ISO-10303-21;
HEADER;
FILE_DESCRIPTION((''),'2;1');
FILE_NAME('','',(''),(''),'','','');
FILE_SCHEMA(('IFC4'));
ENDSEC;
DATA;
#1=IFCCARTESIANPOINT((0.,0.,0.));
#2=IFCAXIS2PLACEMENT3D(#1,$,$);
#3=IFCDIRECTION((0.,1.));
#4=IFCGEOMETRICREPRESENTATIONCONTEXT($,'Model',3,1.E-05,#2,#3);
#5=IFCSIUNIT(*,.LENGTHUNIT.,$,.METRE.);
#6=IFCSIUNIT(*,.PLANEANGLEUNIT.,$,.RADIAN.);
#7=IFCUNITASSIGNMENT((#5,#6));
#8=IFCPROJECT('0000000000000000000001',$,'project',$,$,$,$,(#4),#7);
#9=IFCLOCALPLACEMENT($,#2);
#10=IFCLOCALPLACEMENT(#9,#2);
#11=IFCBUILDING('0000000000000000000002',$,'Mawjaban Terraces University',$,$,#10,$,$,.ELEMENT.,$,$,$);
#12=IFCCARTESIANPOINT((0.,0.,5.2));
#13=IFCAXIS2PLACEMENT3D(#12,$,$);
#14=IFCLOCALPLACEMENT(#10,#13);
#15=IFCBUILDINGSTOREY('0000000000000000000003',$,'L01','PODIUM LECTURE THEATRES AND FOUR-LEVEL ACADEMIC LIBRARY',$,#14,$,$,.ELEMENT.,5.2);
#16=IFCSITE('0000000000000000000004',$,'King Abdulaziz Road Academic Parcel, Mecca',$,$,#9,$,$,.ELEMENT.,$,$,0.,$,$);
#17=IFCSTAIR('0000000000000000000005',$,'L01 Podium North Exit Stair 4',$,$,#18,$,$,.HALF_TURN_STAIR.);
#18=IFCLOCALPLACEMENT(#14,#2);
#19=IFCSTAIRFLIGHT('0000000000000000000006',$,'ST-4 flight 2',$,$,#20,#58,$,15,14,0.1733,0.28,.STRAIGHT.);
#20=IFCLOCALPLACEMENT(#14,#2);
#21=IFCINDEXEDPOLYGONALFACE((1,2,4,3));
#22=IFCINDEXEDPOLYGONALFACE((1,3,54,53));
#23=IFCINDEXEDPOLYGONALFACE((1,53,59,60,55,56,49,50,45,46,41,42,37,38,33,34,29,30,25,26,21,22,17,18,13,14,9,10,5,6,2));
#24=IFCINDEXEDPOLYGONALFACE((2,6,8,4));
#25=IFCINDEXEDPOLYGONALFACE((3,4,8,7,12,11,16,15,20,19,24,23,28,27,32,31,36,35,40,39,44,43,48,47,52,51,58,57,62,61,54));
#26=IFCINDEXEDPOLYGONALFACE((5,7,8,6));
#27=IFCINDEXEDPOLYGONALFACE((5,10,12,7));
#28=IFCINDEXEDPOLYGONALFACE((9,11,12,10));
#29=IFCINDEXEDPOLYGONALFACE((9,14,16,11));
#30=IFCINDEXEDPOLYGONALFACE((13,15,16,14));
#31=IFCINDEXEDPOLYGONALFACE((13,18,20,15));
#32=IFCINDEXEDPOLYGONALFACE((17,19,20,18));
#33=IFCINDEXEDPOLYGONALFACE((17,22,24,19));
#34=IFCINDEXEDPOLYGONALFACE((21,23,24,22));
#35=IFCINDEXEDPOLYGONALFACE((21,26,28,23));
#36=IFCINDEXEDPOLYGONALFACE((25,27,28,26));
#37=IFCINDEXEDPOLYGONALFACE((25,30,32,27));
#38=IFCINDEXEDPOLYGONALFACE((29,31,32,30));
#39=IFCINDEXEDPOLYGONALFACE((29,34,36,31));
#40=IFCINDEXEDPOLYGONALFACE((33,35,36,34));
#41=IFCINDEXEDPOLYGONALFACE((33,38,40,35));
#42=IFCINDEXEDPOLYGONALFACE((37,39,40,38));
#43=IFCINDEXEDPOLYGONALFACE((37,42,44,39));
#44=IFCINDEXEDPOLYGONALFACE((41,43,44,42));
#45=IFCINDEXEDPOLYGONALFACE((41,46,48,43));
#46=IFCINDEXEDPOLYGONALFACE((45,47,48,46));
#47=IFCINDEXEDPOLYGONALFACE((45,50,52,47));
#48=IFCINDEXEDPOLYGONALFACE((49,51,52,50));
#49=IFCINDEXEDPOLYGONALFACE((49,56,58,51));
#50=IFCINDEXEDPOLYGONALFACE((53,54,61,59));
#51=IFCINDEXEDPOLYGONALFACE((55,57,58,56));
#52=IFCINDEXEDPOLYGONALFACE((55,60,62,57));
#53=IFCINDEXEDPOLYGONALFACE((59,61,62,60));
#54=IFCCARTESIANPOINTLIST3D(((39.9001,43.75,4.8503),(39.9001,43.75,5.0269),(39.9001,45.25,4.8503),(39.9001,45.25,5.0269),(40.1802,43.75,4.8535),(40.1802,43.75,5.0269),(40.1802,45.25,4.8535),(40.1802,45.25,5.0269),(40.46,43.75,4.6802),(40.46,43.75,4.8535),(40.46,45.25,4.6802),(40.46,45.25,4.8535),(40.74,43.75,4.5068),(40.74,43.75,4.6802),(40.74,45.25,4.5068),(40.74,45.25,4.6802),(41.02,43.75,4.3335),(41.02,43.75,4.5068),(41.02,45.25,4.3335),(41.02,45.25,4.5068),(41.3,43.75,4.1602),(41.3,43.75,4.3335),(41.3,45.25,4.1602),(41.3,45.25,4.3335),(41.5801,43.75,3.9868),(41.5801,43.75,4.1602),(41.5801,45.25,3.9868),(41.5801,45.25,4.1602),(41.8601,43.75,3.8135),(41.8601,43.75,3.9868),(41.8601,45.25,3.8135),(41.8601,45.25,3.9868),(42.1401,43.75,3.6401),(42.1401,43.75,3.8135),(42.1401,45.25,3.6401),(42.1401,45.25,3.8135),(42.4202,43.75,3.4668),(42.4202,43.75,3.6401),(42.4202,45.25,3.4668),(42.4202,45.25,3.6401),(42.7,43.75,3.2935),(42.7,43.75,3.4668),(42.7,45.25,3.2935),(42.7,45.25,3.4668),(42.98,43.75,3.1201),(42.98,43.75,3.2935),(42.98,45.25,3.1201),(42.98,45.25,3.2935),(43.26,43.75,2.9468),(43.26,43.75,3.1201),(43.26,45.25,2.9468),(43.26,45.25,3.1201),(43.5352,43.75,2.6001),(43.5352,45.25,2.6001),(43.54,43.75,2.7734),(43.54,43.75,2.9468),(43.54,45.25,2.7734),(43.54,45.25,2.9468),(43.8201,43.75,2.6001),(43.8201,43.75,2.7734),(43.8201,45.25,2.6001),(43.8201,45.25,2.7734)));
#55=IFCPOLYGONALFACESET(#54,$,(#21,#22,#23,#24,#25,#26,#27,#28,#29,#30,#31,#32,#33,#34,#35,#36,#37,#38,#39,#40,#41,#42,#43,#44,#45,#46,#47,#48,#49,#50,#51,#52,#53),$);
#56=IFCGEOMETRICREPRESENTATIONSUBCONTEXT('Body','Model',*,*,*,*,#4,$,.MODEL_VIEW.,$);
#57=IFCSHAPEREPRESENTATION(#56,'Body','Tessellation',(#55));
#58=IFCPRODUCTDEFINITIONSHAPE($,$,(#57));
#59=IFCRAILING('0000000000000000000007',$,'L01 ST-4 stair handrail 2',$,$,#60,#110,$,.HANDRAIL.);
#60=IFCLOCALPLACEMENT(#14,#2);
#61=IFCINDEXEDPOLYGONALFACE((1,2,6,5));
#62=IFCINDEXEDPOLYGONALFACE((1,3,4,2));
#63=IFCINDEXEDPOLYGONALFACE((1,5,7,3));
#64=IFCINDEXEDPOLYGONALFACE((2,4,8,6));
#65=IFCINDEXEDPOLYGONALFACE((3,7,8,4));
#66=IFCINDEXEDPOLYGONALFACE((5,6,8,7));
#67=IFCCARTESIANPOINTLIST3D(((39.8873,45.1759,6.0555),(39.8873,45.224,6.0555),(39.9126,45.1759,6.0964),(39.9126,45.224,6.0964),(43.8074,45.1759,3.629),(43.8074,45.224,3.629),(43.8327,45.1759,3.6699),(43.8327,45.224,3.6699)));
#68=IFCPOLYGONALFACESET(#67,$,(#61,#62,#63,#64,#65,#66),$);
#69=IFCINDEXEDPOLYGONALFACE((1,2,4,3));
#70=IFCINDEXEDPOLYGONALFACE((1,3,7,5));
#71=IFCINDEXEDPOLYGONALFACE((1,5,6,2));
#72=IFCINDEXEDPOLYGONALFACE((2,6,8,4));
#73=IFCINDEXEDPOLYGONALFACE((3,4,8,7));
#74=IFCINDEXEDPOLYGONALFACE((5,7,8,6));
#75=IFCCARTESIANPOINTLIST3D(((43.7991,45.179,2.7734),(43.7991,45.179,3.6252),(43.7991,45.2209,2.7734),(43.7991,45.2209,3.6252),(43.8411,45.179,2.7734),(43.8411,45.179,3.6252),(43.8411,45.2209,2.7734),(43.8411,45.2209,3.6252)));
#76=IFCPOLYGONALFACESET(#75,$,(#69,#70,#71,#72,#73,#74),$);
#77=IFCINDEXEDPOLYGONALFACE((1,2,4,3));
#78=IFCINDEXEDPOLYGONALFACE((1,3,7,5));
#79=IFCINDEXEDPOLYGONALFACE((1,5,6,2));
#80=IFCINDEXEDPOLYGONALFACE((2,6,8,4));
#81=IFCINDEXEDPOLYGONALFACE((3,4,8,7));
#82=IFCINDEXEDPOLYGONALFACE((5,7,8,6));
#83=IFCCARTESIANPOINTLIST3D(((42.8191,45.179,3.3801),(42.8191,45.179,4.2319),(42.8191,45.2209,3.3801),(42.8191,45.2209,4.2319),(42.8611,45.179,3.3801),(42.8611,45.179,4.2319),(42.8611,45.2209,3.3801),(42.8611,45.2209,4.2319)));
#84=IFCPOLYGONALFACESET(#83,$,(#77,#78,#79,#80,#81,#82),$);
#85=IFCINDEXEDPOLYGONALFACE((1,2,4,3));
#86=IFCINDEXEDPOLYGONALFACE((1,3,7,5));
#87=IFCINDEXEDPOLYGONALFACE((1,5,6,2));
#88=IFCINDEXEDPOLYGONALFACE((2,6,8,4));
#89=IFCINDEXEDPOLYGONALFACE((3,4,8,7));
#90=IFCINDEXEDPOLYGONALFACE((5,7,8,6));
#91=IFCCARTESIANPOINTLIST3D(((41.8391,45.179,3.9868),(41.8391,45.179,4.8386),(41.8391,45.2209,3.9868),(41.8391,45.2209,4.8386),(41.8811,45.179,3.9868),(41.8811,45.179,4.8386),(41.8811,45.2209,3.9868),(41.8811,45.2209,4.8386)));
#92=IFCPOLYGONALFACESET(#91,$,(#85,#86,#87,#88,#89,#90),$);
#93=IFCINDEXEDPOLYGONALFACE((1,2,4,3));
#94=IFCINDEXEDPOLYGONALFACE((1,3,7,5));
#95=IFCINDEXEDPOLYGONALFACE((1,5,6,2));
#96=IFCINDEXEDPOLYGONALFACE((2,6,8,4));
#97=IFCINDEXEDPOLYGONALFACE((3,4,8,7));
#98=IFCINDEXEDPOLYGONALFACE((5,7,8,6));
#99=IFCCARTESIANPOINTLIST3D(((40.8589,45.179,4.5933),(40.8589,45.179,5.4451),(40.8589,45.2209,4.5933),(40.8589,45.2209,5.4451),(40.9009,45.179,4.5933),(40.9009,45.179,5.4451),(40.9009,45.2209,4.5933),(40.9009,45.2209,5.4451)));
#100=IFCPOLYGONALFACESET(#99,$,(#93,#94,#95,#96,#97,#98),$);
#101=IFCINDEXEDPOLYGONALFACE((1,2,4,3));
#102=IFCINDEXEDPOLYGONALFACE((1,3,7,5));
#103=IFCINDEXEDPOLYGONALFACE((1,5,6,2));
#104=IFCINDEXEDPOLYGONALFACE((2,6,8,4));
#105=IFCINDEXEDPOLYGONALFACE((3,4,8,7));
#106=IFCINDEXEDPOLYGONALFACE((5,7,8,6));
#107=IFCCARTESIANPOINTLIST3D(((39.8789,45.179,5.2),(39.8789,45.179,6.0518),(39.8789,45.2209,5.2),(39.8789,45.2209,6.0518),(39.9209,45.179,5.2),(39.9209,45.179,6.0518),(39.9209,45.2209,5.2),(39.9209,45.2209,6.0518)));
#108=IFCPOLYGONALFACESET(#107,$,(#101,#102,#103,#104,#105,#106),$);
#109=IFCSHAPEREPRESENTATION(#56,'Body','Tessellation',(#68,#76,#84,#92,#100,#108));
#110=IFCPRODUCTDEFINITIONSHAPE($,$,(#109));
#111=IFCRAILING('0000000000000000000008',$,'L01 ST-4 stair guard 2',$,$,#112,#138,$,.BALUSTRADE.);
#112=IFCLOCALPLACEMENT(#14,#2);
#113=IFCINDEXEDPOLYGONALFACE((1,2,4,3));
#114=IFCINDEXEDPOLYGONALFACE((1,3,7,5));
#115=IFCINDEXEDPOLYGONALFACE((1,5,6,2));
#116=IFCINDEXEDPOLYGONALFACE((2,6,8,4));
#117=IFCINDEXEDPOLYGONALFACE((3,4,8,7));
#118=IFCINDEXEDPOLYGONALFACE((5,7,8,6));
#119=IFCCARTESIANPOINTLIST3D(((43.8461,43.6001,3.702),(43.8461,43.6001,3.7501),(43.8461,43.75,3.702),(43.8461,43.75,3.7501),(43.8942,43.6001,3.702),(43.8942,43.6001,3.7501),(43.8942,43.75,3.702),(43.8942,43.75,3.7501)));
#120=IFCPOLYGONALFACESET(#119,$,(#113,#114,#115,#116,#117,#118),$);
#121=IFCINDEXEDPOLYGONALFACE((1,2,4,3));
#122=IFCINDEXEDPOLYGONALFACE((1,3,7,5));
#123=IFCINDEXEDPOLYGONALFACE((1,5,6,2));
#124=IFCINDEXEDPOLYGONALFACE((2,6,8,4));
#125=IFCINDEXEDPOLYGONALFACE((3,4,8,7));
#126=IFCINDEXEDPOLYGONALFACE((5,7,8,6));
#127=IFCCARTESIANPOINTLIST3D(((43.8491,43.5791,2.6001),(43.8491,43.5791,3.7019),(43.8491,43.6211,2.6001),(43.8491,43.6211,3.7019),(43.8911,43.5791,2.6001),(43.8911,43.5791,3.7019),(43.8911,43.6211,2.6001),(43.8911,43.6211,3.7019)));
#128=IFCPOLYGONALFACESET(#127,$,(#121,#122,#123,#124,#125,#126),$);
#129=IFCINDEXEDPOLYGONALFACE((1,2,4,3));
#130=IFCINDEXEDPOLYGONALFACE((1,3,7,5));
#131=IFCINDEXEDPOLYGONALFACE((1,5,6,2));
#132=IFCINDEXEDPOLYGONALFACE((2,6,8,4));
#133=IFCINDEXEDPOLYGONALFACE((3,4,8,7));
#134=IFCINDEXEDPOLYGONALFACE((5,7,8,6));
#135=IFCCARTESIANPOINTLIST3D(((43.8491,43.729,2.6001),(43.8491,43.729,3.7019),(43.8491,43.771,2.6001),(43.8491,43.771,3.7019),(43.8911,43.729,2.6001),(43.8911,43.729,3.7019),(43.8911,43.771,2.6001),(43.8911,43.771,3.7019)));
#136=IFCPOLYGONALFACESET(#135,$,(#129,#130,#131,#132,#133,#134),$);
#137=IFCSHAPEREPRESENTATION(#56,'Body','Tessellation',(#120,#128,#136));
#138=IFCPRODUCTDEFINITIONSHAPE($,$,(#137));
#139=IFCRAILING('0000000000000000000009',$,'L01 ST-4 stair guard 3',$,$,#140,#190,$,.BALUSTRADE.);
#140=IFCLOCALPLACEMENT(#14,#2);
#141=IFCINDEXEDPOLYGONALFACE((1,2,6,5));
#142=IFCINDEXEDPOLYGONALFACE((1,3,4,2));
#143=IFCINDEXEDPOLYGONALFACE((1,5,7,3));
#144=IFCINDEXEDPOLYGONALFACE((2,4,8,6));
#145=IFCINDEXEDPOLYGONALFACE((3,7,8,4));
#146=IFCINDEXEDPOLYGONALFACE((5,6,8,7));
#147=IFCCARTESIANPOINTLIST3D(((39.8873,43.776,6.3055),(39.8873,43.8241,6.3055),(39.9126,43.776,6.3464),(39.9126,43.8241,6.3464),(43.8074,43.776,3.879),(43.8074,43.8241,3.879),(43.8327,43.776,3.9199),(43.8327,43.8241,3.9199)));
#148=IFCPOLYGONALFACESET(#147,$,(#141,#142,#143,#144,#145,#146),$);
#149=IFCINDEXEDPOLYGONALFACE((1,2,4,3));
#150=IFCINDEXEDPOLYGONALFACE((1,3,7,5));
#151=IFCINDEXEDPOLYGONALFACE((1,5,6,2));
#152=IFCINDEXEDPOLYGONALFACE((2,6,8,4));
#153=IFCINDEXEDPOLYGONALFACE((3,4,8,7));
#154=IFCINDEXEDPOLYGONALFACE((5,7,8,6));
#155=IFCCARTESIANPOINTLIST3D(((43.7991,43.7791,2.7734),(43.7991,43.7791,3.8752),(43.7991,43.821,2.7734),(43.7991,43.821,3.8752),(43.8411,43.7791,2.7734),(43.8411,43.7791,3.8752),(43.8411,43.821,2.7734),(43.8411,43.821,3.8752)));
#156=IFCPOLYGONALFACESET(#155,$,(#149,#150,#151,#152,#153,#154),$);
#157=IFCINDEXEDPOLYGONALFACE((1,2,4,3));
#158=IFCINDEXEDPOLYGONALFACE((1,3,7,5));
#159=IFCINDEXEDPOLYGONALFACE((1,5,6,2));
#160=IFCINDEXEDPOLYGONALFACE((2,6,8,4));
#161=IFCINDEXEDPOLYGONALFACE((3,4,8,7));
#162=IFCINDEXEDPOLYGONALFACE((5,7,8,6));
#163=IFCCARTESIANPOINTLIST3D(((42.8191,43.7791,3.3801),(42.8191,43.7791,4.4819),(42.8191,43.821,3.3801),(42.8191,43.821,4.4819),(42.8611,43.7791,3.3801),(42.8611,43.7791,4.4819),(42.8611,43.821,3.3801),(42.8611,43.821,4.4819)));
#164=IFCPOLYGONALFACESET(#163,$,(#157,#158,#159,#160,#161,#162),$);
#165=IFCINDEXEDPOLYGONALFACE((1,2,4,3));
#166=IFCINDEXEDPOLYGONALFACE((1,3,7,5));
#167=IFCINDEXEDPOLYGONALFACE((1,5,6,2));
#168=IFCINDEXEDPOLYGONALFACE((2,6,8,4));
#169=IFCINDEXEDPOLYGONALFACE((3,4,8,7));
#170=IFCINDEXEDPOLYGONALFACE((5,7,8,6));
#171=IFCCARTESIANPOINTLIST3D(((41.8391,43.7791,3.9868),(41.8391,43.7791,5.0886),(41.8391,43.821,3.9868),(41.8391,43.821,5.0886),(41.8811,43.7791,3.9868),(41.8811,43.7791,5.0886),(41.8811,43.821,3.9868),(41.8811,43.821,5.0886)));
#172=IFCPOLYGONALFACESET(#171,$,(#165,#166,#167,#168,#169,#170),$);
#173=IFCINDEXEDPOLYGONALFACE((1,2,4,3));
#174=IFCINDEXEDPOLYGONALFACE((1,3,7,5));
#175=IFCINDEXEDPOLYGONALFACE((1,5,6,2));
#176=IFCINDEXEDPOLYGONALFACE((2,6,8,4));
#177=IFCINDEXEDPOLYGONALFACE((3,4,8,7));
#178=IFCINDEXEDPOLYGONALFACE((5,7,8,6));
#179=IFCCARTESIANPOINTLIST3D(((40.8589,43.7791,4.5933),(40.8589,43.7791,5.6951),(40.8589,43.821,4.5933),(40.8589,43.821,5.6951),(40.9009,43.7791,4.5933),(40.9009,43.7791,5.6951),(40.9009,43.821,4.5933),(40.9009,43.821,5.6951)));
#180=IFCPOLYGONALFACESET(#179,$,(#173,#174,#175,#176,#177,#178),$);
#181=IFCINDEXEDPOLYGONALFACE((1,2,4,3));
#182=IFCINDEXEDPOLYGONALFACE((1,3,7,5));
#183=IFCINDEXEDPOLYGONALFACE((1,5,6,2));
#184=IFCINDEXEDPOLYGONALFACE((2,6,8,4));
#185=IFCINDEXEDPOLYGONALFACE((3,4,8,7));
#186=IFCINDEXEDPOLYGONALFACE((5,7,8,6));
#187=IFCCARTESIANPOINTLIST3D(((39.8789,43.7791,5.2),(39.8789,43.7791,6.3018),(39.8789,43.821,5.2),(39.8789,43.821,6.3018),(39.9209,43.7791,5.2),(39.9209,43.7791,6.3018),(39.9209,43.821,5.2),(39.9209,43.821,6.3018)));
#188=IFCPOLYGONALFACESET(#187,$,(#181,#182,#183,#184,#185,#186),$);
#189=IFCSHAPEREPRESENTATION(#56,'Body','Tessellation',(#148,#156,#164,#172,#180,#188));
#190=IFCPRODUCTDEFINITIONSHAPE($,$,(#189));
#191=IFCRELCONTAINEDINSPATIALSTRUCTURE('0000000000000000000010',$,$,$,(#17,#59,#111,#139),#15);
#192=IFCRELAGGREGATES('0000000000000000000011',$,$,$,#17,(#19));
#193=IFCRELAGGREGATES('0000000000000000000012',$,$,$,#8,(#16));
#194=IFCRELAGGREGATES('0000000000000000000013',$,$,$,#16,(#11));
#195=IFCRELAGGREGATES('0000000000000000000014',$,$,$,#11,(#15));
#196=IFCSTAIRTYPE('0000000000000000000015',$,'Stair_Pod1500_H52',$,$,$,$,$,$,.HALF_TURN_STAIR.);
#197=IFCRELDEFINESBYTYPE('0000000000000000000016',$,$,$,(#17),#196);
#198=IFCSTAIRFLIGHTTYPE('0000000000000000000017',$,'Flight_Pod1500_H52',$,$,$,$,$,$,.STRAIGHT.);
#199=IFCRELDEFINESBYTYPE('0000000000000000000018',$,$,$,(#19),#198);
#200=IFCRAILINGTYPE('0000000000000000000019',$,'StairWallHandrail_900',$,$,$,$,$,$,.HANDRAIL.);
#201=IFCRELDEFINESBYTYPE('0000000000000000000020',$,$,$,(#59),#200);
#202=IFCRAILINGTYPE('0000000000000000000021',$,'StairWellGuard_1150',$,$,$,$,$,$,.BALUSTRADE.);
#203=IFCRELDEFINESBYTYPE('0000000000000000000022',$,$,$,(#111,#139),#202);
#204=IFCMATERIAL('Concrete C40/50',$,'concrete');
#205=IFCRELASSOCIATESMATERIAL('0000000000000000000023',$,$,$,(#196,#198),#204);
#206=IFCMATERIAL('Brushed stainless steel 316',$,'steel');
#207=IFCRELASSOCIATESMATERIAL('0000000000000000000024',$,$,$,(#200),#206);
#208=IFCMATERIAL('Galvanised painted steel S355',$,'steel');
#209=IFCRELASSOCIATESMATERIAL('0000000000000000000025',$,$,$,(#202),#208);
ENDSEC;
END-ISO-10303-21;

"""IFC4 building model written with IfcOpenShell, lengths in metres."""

from ifc_helpers import new_model, si_unit, direction, frame, origin, origin_2d, place, context, subcontext, project, spatial, polyline, rectangle, outline, extrude, material, type_object, element, aggregate, save


model = new_model("IFC4")

# Units and contexts
model_context = context("Model", 3, precision=1e-05, world=origin(), true_north=direction((0.0, 1.0)))
body_context = subcontext(model_context, "Body", "Model", "MODEL_VIEW")
ifc_project = project(units=[si_unit("LENGTHUNIT", "METRE"), si_unit("PLANEANGLEUNIT", "RADIAN")], contexts=[model_context])

# Site, building, storey
site_placement = place(None, origin())
site = spatial("IfcSite", under=ifc_project, at=site_placement, Name="King Abdulaziz Road Academic Parcel, Mecca", CompositionType="ELEMENT", RefElevation=0.0)
building_placement = place(site_placement, origin())
building = spatial("IfcBuilding", under=site, at=building_placement, Name="Mawjaban Terraces University", CompositionType="ELEMENT")
storey_placement = place(building_placement, frame((0.0, 0.0, 5.2)))
storey = spatial("IfcBuildingStorey", under=building, at=storey_placement, Name="L01", Description="PODIUM LECTURE THEATRES AND FOUR-LEVEL ACADEMIC LIBRARY", CompositionType="ELEMENT", Elevation=5.2)

# Stair, stair flight
ifc_material_1 = material(Name="Concrete C40/50", Category="concrete")
stair_type = type_object("IfcStairType", Name="Stair_Pod1500_H52", PredefinedType="HALF_TURN_STAIR", material=ifc_material_1)
stair_placement = place(storey_placement, origin())
stair = element("IfcStair", 1, at=stair_placement, inside=storey, type_object=stair_type, Name="L01 Podium North Exit Stair 4", PredefinedType="HALF_TURN_STAIR")
stair_flight_type = type_object("IfcStairFlightType", Name="Flight_Pod1500_H52", PredefinedType="STRAIGHT", material=ifc_material_1)
stair_flight_placement = place(storey_placement, frame((43.8201, 44.5, 2.6001), z_axis=(0.0, 0.0, 1.0), x_axis=(-1.0, 0.0, 0.0)))
stair_flight = element("IfcStairFlight", 2, at=stair_flight_placement, type_object=stair_flight_type, Name="ST-4 flight 2", NumberOfRisers=15, NumberOfTreads=14, PredefinedType="STRAIGHT", RiserHeight=0.1733, TreadLength=0.28, context=body_context, shape_type="SweptSolid", body=[
    extrude(outline(polyline([(0.0, 0.0), (0.0, 0.1733), (0.28, 0.1733), (0.28, 0.3467), (0.5601, 0.3467), (0.5601, 0.52), (0.8401, 0.52), (0.8401, 0.6934), (1.1201, 0.6934), (1.1201, 0.8667), (1.3999, 0.8667), (1.3999, 1.04), (1.6799, 1.04), (1.6799, 1.2134), (1.96, 1.2134), (1.96, 1.3867), (2.24, 1.3867), (2.24, 1.5601), (2.52, 1.5601), (2.52, 1.7334), (2.8, 1.7334), (2.8, 1.9067), (3.0801, 1.9067), (3.0801, 2.0801), (3.3601, 2.0801), (3.3601, 2.2534), (3.6399, 2.2534), (3.6399, 2.4268), (3.9199, 2.4268), (3.9199, 2.6001), (3.9199, 2.2502), (0.2849, 0.0), (0.0, 0.0)])), frame((0.0, 0.75, 0.0), z_axis=(0.0, -1.0, 0.0), x_axis=(1.0, 0.0, 0.0)), (0.0, 0.0, 1.0), 1.5),
])
aggregate(stair, [stair_flight])

# Railings
ifc_material_2 = material(Name="Brushed stainless steel 316", Category="steel")
railing_type_1 = type_object("IfcRailingType", Name="StairWallHandrail_900", PredefinedType="HANDRAIL", material=ifc_material_2)
railing_1_placement = place(storey_placement, frame((43.8201, 45.2, 2.7734)))
element("IfcRailing", 3, at=railing_1_placement, inside=storey, type_object=railing_type_1, Name="L01 ST-4 stair handrail 2", PredefinedType="HANDRAIL", context=body_context, shape_type="SweptSolid", body=[
    extrude(rectangle(XDim=0.0481, YDim=0.0481, at=origin_2d()), frame((0.0, 0.0, 0.876), z_axis=(-0.85029, 0.0, 0.526315), x_axis=(0.0, -1.0, 0.0)), (0.0, 0.0, 1.0), 4.6104),
    extrude(rectangle(XDim=0.042, YDim=0.042, at=origin_2d()), origin(), (0.0, 0.0, 1.0), 0.8518),
    extrude(rectangle(XDim=0.042, YDim=0.042, at=origin_2d()), frame((-0.98, 0.0, 0.6067)), (0.0, 0.0, 1.0), 0.8518),
    extrude(rectangle(XDim=0.042, YDim=0.042, at=origin_2d()), frame((-1.96, 0.0, 1.2134)), (0.0, 0.0, 1.0), 0.8518),
    extrude(rectangle(XDim=0.042, YDim=0.042, at=origin_2d()), frame((-2.9402, 0.0, 1.8198)), (0.0, 0.0, 1.0), 0.8518),
    extrude(rectangle(XDim=0.042, YDim=0.042, at=origin_2d()), frame((-3.9202, 0.0, 2.4265)), (0.0, 0.0, 1.0), 0.8518),
])
ifc_material_3 = material(Name="Galvanised painted steel S355", Category="steel")
railing_type_2 = type_object("IfcRailingType", Name="StairWellGuard_1150", PredefinedType="BALUSTRADE", material=ifc_material_3)
railing_2_placement = place(storey_placement, frame((43.8701, 43.6001, 2.6001)))
element("IfcRailing", 4, at=railing_2_placement, inside=storey, type_object=railing_type_2, Name="L01 ST-4 stair guard 2", PredefinedType="BALUSTRADE", context=body_context, shape_type="SweptSolid", body=[
    extrude(rectangle(XDim=0.0481, YDim=0.0481, at=origin_2d()), frame((0.0, 0.0, 1.126), z_axis=(0.0, 1.0, 0.0), x_axis=(-1.0, 0.0, 0.0)), (0.0, 0.0, 1.0), 0.1499),
    extrude(rectangle(XDim=0.042, YDim=0.042, at=origin_2d()), origin(), (0.0, 0.0, 1.0), 1.1018),
    extrude(rectangle(XDim=0.042, YDim=0.042, at=origin_2d()), frame((0.0, 0.1499, 0.0)), (0.0, 0.0, 1.0), 1.1018),
])
railing_3_placement = place(storey_placement, frame((43.8201, 43.8, 2.7734)))
element("IfcRailing", 5, at=railing_3_placement, inside=storey, type_object=railing_type_2, Name="L01 ST-4 stair guard 3", PredefinedType="BALUSTRADE", context=body_context, shape_type="SweptSolid", body=[
    extrude(rectangle(XDim=0.0481, YDim=0.0481, at=origin_2d()), frame((0.0, 0.0, 1.126), z_axis=(-0.85029, 0.0, 0.526315), x_axis=(0.0, -1.0, 0.0)), (0.0, 0.0, 1.0), 4.6104),
    extrude(rectangle(XDim=0.042, YDim=0.042, at=origin_2d()), origin(), (0.0, 0.0, 1.0), 1.1018),
    extrude(rectangle(XDim=0.042, YDim=0.042, at=origin_2d()), frame((-0.98, 0.0, 0.6067)), (0.0, 0.0, 1.0), 1.1018),
    extrude(rectangle(XDim=0.042, YDim=0.042, at=origin_2d()), frame((-1.96, 0.0, 1.2134)), (0.0, 0.0, 1.0), 1.1018),
    extrude(rectangle(XDim=0.042, YDim=0.042, at=origin_2d()), frame((-2.9402, 0.0, 1.8198)), (0.0, 0.0, 1.0), 1.1018),
    extrude(rectangle(XDim=0.042, YDim=0.042, at=origin_2d()), frame((-3.9202, 0.0, 2.4265)), (0.0, 0.0, 1.0), 1.1018),
])

save(model, "model.ifc")
